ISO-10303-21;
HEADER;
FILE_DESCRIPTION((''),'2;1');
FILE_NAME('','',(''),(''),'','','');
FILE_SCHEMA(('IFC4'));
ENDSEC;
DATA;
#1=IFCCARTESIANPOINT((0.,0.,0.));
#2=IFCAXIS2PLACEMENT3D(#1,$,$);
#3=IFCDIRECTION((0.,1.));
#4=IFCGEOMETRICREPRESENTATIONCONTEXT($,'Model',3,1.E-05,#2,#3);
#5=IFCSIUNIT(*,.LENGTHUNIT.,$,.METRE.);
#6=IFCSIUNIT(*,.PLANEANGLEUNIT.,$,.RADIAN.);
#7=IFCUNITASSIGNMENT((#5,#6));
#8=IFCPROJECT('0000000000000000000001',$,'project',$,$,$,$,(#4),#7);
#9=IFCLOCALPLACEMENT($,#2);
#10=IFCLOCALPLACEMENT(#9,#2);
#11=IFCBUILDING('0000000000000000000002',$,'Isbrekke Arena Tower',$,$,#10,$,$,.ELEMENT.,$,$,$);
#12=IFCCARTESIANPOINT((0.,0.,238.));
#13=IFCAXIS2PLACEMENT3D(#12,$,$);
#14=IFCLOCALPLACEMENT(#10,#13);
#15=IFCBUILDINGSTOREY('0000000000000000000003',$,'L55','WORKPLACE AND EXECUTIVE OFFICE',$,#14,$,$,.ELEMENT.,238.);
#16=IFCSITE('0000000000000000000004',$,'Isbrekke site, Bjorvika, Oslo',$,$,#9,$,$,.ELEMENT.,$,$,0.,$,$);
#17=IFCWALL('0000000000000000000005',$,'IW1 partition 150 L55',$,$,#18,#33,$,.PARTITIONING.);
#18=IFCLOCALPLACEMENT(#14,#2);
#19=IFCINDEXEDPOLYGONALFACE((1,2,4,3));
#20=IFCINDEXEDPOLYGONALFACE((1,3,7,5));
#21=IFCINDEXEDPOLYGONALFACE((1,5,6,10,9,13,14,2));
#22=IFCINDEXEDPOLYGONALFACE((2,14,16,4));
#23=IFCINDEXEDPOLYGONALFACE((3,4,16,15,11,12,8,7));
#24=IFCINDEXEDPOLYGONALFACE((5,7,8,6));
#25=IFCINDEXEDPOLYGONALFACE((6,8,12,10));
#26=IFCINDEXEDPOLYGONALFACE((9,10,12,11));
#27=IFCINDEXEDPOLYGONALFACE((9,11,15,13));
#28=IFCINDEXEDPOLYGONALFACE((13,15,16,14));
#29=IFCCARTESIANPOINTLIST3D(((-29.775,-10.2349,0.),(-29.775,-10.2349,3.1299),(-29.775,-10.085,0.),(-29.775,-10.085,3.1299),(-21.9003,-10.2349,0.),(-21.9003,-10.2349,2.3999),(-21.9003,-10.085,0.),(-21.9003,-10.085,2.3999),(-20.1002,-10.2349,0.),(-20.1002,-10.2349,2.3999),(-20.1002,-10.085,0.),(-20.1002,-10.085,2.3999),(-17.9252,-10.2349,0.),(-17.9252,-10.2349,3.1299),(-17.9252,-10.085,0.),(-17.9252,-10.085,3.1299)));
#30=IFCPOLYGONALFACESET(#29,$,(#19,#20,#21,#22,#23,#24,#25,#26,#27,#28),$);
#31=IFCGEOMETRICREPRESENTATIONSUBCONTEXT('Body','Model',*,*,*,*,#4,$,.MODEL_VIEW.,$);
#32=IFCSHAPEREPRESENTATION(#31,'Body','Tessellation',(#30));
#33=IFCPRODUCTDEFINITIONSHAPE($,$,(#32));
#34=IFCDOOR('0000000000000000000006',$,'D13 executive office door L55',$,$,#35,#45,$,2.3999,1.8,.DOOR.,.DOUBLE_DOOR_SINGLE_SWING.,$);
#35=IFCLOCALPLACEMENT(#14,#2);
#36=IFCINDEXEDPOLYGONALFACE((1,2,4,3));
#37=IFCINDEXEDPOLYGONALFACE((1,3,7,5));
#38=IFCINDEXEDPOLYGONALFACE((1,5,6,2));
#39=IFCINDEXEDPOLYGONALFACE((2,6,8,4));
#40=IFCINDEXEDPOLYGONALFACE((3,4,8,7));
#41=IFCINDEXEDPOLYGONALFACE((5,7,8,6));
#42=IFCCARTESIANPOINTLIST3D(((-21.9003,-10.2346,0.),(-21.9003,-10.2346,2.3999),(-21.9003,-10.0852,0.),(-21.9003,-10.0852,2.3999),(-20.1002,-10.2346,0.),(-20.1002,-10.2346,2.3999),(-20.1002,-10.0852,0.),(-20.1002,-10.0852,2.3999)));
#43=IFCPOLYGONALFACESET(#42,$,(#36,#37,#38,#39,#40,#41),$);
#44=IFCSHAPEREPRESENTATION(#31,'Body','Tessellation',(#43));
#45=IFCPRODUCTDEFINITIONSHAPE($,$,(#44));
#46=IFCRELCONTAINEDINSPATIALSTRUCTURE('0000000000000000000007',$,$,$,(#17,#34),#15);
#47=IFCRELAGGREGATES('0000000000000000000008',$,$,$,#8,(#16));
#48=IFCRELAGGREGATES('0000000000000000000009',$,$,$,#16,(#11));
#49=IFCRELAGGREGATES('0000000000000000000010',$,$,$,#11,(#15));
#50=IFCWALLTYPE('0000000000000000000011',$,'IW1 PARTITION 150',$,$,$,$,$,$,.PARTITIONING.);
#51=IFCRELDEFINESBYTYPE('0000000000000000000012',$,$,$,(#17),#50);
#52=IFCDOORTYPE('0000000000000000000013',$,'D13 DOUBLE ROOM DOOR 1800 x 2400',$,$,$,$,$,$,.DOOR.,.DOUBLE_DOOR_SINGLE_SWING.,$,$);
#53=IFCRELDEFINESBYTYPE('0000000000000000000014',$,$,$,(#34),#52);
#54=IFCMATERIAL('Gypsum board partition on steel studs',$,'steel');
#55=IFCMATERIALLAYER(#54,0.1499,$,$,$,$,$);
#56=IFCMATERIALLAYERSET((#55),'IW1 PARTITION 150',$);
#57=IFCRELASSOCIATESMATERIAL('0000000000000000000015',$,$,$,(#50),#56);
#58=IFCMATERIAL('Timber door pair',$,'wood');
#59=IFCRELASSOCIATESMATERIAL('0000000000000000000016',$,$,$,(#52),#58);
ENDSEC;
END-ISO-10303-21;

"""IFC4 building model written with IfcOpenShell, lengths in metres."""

from ifc_helpers import new_model, si_unit, direction, frame, frame_2d, origin, place, context, subcontext, project, spatial, rectangle, extrude, material, layer, layer_set, type_object, element, fill, save


model = new_model("IFC4")

# Units and contexts
model_context = context("Model", 3, precision=1e-05, world=origin(), true_north=direction((0.0, 1.0)))
body_context = subcontext(model_context, "Body", "Model", "MODEL_VIEW")
ifc_project = project(units=[si_unit("LENGTHUNIT", "METRE"), si_unit("PLANEANGLEUNIT", "RADIAN")], contexts=[model_context])

# Site, building, storey
site_placement = place(None, origin())
site = spatial("IfcSite", under=ifc_project, at=site_placement, Name="Isbrekke site, Bjorvika, Oslo", CompositionType="ELEMENT", RefElevation=0.0)
building_placement = place(site_placement, origin())
building = spatial("IfcBuilding", under=site, at=building_placement, Name="Isbrekke Arena Tower", CompositionType="ELEMENT")
storey_placement = place(building_placement, frame((0.0, 0.0, 238.0)))
storey = spatial("IfcBuildingStorey", under=building, at=storey_placement, Name="L55", Description="WORKPLACE AND EXECUTIVE OFFICE", CompositionType="ELEMENT", Elevation=238.0)

# Wall, opening, door
ifc_material_1 = material(Name="Gypsum board partition on steel studs", Category="steel")
ifc_layer_1 = layer(ifc_material_1, 0.1499)
ifc_layer_set_1 = layer_set([ifc_layer_1], Name="IW1 PARTITION 150")
wall_type = type_object("IfcWallType", Name="IW1 PARTITION 150", PredefinedType="PARTITIONING", material=ifc_layer_set_1)
wall_placement = place(storey_placement, frame((-29.7749, -10.1599, 0.0), z_axis=(0.0, 0.0, 1.0), x_axis=(1.0, 0.0, 0.0)))
wall = element("IfcWall", 1, at=wall_placement, inside=storey, type_object=wall_type, Name="IW1 partition 150 L55", PredefinedType="PARTITIONING", context=body_context, shape_type="SweptSolid", body=[
    extrude(rectangle(XDim=11.8499, YDim=0.1499, at=frame_2d((5.9248, 0.0))), origin(), (0.0, 0.0, 1.0), 3.1299),
])
opening_placement = place(wall_placement, frame((7.8748, 0.0, 0.0)))
opening = element("IfcOpeningElement", 2, at=opening_placement, cuts=wall, PredefinedType="OPENING", context=body_context, shape_type="SweptSolid", body=[
    extrude(rectangle(XDim=1.8, YDim=2.3999, at=frame_2d((0.8999, 1.2))), frame((0.0, 0.0898, 0.0), z_axis=(0.0, -1.0, 0.0), x_axis=(1.0, 0.0, 0.0)), (0.0, 0.0, 1.0), 0.1797),
])
ifc_material_2 = material(Name="Timber door pair", Category="wood")
door_type = type_object("IfcDoorType", Name="D13 DOUBLE ROOM DOOR 1800 x 2400", OperationType="DOUBLE_DOOR_SINGLE_SWING", PredefinedType="DOOR", material=ifc_material_2)
door_placement = place(opening_placement, origin())
door = element("IfcDoor", 3, at=door_placement, inside=storey, type_object=door_type, Name="D13 executive office door L55", OperationType="DOUBLE_DOOR_SINGLE_SWING", OverallHeight=2.3999, OverallWidth=1.8, PredefinedType="DOOR", context=body_context, shape_type="SweptSolid", body=[
    extrude(rectangle(XDim=1.8, YDim=2.3999, at=frame_2d((0.8999, 1.2))), frame((0.0, 0.0747, 0.0), z_axis=(0.0, -1.0, 0.0), x_axis=(1.0, 0.0, 0.0)), (0.0, 0.0, 1.0), 0.1494),
])
fill(opening, door)

save(model, "model.ifc")
